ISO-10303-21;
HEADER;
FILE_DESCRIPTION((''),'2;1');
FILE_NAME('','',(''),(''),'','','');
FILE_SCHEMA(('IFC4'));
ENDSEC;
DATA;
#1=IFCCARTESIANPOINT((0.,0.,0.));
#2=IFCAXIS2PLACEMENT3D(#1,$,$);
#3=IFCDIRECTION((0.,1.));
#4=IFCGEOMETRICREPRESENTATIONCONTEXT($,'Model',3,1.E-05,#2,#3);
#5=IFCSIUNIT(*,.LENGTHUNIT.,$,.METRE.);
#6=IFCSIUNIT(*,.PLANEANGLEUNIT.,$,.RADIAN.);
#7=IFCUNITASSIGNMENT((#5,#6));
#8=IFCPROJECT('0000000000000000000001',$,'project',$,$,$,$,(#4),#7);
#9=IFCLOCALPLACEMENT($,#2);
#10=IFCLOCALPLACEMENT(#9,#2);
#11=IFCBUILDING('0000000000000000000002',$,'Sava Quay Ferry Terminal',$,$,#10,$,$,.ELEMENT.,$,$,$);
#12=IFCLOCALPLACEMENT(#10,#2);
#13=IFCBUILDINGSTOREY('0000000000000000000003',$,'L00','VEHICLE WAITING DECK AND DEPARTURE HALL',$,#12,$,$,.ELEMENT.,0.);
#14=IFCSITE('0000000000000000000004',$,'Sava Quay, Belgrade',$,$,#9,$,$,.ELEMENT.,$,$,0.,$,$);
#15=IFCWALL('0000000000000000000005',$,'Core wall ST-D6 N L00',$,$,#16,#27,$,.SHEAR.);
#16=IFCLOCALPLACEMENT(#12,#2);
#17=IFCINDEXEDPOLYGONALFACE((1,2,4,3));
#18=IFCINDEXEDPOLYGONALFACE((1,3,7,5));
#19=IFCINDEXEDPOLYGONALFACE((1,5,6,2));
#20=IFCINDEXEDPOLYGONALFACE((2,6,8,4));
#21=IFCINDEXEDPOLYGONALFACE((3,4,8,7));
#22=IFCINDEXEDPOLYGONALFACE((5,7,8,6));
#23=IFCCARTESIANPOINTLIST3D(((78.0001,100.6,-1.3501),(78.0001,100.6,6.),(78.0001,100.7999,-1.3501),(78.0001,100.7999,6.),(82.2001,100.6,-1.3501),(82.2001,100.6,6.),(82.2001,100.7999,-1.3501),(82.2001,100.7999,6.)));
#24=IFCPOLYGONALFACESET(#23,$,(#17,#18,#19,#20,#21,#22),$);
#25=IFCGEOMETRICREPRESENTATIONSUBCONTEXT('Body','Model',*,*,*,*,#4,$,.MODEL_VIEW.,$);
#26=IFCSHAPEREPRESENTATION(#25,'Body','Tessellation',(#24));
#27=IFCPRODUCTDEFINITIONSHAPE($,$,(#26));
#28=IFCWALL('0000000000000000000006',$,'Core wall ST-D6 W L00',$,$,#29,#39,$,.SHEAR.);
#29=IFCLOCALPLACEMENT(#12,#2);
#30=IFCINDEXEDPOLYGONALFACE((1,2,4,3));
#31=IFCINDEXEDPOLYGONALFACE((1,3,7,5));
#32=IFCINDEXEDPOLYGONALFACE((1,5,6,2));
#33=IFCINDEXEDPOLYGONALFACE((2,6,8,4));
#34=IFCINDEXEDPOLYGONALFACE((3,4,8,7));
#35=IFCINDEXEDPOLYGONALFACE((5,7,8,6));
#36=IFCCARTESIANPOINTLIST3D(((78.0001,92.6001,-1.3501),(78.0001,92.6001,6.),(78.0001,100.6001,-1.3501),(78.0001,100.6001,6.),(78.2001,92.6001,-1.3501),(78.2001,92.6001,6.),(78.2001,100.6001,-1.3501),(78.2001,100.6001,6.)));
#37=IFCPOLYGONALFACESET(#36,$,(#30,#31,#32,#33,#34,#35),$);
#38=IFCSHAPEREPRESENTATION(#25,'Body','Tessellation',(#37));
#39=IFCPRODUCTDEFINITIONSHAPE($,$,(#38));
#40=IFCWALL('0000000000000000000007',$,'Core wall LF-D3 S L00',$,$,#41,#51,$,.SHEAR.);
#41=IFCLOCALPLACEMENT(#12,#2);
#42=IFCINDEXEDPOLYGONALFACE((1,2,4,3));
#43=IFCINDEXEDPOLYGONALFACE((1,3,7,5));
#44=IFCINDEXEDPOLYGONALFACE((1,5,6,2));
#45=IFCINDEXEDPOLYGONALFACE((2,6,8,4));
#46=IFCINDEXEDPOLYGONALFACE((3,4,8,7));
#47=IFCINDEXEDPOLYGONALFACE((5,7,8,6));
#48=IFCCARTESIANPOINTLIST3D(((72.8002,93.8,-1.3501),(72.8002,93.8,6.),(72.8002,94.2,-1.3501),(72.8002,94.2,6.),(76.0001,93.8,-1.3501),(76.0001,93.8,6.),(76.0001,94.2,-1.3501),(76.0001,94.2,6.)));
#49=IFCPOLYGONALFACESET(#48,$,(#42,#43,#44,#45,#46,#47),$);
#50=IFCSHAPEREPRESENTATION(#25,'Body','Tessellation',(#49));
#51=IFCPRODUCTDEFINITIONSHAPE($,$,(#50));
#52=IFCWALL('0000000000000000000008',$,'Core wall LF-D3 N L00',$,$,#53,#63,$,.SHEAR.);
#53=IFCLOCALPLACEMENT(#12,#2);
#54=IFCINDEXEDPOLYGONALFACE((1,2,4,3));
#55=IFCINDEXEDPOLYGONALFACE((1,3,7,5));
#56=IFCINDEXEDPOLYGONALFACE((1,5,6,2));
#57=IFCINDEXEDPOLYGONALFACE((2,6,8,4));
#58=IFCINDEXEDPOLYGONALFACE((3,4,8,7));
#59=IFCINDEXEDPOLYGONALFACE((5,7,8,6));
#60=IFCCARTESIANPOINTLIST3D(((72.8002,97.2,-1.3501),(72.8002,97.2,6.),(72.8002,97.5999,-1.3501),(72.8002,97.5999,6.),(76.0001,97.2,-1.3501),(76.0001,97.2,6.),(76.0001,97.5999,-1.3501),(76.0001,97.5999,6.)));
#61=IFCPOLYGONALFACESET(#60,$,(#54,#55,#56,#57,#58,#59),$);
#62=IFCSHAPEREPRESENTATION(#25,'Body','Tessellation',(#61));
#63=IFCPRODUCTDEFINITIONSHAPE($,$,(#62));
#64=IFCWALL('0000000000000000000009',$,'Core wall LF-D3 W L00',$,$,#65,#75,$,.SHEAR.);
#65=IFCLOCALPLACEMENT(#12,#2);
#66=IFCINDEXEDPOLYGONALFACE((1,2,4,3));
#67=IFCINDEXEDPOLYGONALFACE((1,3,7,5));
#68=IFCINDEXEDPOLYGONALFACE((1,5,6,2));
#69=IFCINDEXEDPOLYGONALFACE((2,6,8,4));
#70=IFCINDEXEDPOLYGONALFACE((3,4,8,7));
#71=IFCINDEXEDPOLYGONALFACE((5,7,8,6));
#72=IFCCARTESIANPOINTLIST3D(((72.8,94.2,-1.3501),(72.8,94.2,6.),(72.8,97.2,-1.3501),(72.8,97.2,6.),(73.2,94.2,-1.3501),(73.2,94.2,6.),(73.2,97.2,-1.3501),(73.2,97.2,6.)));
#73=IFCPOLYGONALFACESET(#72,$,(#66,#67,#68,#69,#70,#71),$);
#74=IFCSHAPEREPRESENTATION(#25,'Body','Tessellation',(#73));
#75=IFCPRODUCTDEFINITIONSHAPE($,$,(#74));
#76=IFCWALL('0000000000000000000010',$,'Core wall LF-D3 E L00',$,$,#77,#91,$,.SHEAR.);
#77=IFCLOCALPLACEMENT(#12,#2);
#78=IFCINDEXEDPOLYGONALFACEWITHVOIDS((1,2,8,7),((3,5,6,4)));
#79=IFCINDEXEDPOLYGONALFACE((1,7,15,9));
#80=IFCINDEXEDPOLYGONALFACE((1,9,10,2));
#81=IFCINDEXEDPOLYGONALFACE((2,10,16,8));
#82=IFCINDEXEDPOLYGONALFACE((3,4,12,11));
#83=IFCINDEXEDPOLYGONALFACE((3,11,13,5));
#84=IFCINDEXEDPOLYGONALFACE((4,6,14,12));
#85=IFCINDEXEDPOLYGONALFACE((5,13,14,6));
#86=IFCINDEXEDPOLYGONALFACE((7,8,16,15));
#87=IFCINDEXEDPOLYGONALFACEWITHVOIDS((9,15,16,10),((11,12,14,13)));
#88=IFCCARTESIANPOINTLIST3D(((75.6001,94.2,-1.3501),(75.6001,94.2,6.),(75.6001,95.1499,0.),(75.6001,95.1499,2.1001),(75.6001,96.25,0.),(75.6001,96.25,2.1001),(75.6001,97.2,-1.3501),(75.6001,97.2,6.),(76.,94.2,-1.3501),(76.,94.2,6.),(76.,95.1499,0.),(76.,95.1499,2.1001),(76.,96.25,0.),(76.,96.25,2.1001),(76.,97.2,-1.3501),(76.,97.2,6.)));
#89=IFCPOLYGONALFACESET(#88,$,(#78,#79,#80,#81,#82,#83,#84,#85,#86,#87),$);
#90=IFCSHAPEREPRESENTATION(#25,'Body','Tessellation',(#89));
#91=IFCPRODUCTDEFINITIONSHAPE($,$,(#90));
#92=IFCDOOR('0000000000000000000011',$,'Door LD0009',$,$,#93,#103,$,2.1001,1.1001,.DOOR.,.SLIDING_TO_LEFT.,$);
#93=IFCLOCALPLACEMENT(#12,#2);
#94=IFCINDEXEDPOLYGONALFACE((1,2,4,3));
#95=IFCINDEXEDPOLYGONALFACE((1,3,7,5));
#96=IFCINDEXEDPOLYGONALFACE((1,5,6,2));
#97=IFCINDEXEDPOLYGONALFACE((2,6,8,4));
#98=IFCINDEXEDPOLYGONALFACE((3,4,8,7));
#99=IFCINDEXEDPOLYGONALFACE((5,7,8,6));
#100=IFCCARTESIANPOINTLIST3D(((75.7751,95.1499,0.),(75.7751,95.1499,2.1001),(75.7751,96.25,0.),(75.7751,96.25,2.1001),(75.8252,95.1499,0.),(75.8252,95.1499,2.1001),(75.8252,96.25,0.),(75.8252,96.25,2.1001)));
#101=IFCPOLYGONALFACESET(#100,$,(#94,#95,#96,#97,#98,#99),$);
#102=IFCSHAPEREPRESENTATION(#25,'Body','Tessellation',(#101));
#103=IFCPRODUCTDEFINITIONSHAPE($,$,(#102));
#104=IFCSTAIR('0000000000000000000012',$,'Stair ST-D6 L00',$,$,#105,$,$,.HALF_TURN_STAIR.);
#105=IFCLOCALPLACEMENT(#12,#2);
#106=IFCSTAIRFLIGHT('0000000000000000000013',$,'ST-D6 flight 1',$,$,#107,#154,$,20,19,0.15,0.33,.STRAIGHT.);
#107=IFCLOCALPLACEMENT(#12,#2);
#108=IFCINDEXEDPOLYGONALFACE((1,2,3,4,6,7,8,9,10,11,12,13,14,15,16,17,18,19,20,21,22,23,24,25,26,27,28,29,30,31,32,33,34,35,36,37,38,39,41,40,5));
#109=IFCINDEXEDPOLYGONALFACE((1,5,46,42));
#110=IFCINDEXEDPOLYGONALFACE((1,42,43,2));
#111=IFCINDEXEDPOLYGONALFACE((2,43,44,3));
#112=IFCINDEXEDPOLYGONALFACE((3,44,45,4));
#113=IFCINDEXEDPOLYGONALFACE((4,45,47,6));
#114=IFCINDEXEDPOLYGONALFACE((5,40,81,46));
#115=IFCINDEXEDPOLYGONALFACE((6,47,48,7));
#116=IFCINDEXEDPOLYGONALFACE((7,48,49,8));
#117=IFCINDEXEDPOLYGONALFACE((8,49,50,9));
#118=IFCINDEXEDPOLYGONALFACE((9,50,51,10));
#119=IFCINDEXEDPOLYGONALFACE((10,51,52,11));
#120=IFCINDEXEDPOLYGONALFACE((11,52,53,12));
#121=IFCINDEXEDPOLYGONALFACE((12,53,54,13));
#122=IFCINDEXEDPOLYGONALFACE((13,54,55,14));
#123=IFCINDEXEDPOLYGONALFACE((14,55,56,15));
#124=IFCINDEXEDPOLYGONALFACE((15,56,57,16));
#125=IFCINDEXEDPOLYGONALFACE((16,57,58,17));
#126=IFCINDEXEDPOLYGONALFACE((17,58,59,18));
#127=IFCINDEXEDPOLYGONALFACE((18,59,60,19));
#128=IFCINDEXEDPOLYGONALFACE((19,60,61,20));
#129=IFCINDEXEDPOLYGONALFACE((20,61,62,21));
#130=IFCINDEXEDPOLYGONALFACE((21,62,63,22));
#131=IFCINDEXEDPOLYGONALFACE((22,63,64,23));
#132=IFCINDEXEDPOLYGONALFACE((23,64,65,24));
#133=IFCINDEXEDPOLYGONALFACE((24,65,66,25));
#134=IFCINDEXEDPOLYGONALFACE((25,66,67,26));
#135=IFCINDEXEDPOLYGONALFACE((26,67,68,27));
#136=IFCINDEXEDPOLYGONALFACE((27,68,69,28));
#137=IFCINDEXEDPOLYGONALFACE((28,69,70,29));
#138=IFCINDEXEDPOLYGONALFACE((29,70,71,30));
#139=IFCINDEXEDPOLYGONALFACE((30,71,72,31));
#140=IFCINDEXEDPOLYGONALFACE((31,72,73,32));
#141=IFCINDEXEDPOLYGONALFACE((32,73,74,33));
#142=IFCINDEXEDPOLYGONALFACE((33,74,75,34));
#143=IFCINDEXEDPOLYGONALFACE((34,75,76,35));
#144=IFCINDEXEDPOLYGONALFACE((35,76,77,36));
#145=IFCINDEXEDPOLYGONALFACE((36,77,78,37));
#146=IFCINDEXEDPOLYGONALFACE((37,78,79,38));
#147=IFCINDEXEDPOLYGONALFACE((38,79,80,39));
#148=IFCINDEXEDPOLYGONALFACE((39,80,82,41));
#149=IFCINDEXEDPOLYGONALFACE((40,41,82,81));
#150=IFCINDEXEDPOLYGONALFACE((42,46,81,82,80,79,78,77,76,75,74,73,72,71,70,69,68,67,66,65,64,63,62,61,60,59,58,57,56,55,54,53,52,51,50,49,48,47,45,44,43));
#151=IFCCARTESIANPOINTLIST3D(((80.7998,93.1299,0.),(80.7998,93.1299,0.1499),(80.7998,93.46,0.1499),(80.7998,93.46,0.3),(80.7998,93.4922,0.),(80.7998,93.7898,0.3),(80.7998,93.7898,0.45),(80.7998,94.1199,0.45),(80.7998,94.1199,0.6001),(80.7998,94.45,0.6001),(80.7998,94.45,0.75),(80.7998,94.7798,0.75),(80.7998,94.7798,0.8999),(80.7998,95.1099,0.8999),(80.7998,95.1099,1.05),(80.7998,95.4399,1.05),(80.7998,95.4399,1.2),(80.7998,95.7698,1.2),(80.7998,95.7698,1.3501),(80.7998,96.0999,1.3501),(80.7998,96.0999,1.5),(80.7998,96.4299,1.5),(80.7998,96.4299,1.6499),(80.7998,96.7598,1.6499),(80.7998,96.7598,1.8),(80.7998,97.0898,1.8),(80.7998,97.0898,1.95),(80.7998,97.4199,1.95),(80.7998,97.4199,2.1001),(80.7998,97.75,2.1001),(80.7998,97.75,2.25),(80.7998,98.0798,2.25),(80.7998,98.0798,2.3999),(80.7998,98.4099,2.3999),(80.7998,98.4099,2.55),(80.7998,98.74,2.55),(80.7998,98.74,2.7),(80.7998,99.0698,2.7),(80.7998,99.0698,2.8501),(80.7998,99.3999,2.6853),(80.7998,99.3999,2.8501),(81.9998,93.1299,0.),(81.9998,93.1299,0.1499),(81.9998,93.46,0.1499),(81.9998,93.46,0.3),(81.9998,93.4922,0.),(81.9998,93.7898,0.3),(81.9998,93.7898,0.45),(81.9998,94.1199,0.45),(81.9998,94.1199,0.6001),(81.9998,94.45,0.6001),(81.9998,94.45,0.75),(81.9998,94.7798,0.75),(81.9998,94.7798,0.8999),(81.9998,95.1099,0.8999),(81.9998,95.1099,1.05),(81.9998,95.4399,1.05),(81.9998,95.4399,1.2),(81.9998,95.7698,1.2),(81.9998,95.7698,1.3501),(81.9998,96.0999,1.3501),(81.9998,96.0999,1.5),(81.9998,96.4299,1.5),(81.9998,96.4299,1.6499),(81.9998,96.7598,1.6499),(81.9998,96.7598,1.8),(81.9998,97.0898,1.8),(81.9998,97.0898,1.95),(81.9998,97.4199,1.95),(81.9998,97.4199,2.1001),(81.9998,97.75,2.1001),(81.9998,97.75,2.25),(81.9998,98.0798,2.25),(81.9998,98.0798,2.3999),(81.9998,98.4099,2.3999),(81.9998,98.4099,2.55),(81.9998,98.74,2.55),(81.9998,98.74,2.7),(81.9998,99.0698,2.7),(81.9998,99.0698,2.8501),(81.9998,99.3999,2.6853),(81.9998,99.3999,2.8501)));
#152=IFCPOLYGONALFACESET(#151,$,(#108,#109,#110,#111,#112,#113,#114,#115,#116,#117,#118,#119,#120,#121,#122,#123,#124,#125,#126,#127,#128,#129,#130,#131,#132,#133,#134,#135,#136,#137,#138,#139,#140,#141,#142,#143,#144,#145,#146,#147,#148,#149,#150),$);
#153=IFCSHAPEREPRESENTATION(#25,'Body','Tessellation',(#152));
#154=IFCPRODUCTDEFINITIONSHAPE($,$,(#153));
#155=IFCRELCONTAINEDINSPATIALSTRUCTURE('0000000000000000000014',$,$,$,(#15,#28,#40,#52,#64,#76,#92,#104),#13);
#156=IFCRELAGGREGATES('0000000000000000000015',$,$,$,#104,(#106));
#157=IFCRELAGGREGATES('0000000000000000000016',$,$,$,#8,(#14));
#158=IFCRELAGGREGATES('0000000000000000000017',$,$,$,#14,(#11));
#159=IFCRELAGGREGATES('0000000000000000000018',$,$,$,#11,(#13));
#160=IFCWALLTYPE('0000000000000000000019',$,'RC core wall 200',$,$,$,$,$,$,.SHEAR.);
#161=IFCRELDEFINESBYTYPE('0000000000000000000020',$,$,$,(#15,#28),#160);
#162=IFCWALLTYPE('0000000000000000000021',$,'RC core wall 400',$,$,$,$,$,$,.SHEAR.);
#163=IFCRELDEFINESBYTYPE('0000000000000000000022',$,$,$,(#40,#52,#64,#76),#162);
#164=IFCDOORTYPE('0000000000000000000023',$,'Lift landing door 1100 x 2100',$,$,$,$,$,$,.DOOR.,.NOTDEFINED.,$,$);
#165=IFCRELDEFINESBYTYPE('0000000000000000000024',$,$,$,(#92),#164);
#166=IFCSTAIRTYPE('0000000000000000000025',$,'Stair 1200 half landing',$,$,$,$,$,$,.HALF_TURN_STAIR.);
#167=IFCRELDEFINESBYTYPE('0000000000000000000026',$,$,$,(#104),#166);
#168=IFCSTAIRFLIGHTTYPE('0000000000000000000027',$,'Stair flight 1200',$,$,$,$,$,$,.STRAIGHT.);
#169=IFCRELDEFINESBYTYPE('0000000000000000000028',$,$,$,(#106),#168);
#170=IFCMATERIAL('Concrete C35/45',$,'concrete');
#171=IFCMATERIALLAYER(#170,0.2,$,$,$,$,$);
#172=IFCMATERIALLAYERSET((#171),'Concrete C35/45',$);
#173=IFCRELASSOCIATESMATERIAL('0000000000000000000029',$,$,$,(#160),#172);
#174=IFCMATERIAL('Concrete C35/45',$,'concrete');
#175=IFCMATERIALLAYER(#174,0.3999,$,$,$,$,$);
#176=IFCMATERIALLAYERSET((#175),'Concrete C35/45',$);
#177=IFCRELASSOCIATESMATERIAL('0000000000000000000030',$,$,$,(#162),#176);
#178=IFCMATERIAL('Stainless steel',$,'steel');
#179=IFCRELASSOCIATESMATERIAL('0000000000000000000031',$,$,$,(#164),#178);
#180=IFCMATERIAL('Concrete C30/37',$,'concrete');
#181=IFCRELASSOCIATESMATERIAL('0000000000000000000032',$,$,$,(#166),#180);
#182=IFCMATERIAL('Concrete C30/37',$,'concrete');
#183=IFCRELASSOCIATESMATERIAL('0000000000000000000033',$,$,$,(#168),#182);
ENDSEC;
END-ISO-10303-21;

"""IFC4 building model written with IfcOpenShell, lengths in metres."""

from ifc_helpers import new_model, si_unit, direction, frame, frame_2d, origin, place, context, subcontext, project, spatial, polyline, rectangle, outline, extrude, material, layer, layer_set, type_object, element, fill, aggregate, save


model = new_model("IFC4")

# Units and contexts
model_context = context("Model", 3, precision=1e-05, world=origin(), true_north=direction((0.0, 1.0)))
body_context = subcontext(model_context, "Body", "Model", "MODEL_VIEW")
ifc_project = project(units=[si_unit("LENGTHUNIT", "METRE"), si_unit("PLANEANGLEUNIT", "RADIAN")], contexts=[model_context])

# Site, building, storey
site_placement = place(None, origin())
site = spatial("IfcSite", under=ifc_project, at=site_placement, Name="Sava Quay, Belgrade", CompositionType="ELEMENT", RefElevation=0.0)
building_placement = place(site_placement, origin())
building = spatial("IfcBuilding", under=site, at=building_placement, Name="Sava Quay Ferry Terminal", CompositionType="ELEMENT")
storey_placement = place(building_placement, origin())
storey = spatial("IfcBuildingStorey", under=building, at=storey_placement, Name="L00", Description="VEHICLE WAITING DECK AND DEPARTURE HALL", CompositionType="ELEMENT", Elevation=0.0)

# Shared definitions
ifc_material_1 = material(Name="Concrete C35/45", Category="concrete")
ifc_layer_1 = layer(ifc_material_1, 0.2)
ifc_layer_set_1 = layer_set([ifc_layer_1], Name="Concrete C35/45")
wall_type_1 = type_object("IfcWallType", Name="RC core wall 200", PredefinedType="SHEAR", material=ifc_layer_set_1)

# Walls
wall_1_placement = place(storey_placement, frame((78.0, 100.7, -1.3501), z_axis=(0.0, 0.0, 1.0), x_axis=(1.0, 0.0, 0.0)))
element("IfcWall", 1, at=wall_1_placement, inside=storey, type_object=wall_type_1, Name="Core wall ST-D6 N L00", PredefinedType="SHEAR", context=body_context, shape_type="SweptSolid", body=[
    extrude(rectangle(XDim=4.2, YDim=0.2, at=frame_2d((2.1001, 0.0))), origin(), (0.0, 0.0, 1.0), 7.3501),
])
wall_2_placement = place(storey_placement, frame((78.1001, 92.6001, -1.3501), z_axis=(0.0, 0.0, 1.0), x_axis=(0.0, 1.0, 0.0)))
element("IfcWall", 2, at=wall_2_placement, inside=storey, type_object=wall_type_1, Name="Core wall ST-D6 W L00", PredefinedType="SHEAR", context=body_context, shape_type="SweptSolid", body=[
    extrude(rectangle(XDim=8.0, YDim=0.2, at=frame_2d((4.0, 0.0))), origin(), (0.0, 0.0, 1.0), 7.3501),
])

# Walls
ifc_material_2 = material(Name="Concrete C35/45", Category="concrete")
ifc_layer_2 = layer(ifc_material_2, 0.3999)
ifc_layer_set_2 = layer_set([ifc_layer_2], Name="Concrete C35/45")
wall_type_2 = type_object("IfcWallType", Name="RC core wall 400", PredefinedType="SHEAR", material=ifc_layer_set_2)
for number, where, z_axis, x_axis, name in (
    (3, (72.8, 94.0, -1.3501), (0.0, 0.0, 1.0), (1.0, 0.0, 0.0), "Core wall LF-D3 S L00"),
    (4, (72.8, 97.3999, -1.3501), (0.0, 0.0, 1.0), (1.0, 0.0, 0.0), "Core wall LF-D3 N L00"),
):
    element("IfcWall", number, at=place(storey_placement, frame(where, z_axis=z_axis, x_axis=x_axis)), inside=storey, type_object=wall_type_2, Name=name, PredefinedType="SHEAR", context=body_context, shape_type="SweptSolid", body=[
        extrude(rectangle(XDim=3.2, YDim=0.3999, at=frame_2d((1.6001, 0.0))), origin(), (0.0, 0.0, 1.0), 7.3501),
    ])
wall_3_placement = place(storey_placement, frame((73.0, 94.2, -1.3501), z_axis=(0.0, 0.0, 1.0), x_axis=(0.0, 1.0, 0.0)))
element("IfcWall", 5, at=wall_3_placement, inside=storey, type_object=wall_type_2, Name="Core wall LF-D3 W L00", PredefinedType="SHEAR", context=body_context, shape_type="SweptSolid", body=[
    extrude(rectangle(XDim=3.0, YDim=0.3999, at=frame_2d((1.5, 0.0))), origin(), (0.0, 0.0, 1.0), 7.3501),
])

# Wall, opening, door
wall_4_placement = place(storey_placement, frame((75.8, 94.2, -1.3501), z_axis=(0.0, 0.0, 1.0), x_axis=(0.0, 1.0, 0.0)))
wall_4 = element("IfcWall", 6, at=wall_4_placement, inside=storey, type_object=wall_type_2, Name="Core wall LF-D3 E L00", PredefinedType="SHEAR", context=body_context, shape_type="SweptSolid", body=[
    extrude(rectangle(XDim=3.0, YDim=0.3999, at=frame_2d((1.5, 0.0))), origin(), (0.0, 0.0, 1.0), 7.3501),
])
opening_1_placement = place(wall_4_placement, frame((0.95, 0.0, 1.3501)))
opening_1 = element("IfcOpeningElement", 7, at=opening_1_placement, cuts=wall_4, PredefinedType="OPENING", context=body_context, shape_type="SweptSolid", body=[
    extrude(rectangle(XDim=1.1001, YDim=2.1001, at=frame_2d((0.55, 1.05))), frame((0.0, 0.2, 0.0), z_axis=(0.0, -1.0, 0.0), x_axis=(1.0, 0.0, 0.0)), (0.0, 0.0, 1.0), 0.3999),
])
ifc_material_3 = material(Name="Stainless steel", Category="steel")
door_type_1 = type_object("IfcDoorType", Name="Lift landing door 1100 x 2100", OperationType="NOTDEFINED", PredefinedType="DOOR", material=ifc_material_3)
door_1_placement = place(opening_1_placement, origin())
door_1 = element("IfcDoor", 8, at=door_1_placement, inside=storey, type_object=door_type_1, Name="Door LD0009", OperationType="SLIDING_TO_LEFT", OverallHeight=2.1001, OverallWidth=1.1001, PredefinedType="DOOR", context=body_context, shape_type="SweptSolid", body=[
    extrude(rectangle(XDim=1.1001, YDim=2.1001, at=frame_2d((0.55, 1.05))), frame((0.0, 0.0249, 0.0), z_axis=(0.0, -1.0, 0.0), x_axis=(1.0, 0.0, 0.0)), (0.0, 0.0, 1.0), 0.05),
])
fill(opening_1, door_1)

# Stair, stair flight
ifc_material_4 = material(Name="Concrete C30/37", Category="concrete")
stair_type = type_object("IfcStairType", Name="Stair 1200 half landing", PredefinedType="HALF_TURN_STAIR", material=ifc_material_4)
stair_placement = place(storey_placement, origin())
stair = element("IfcStair", 9, at=stair_placement, inside=storey, type_object=stair_type, Name="Stair ST-D6 L00", PredefinedType="HALF_TURN_STAIR")
ifc_material_5 = material(Name="Concrete C30/37", Category="concrete")
stair_flight_type = type_object("IfcStairFlightType", Name="Stair flight 1200", PredefinedType="STRAIGHT", material=ifc_material_5)
stair_flight_1_placement = place(storey_placement, frame((81.3999, 93.1299, 0.0), z_axis=(0.0, 0.0, 1.0), x_axis=(0.0, 1.0, 0.0)))
stair_flight_1 = element("IfcStairFlight", 10, at=stair_flight_1_placement, type_object=stair_flight_type, Name="ST-D6 flight 1", NumberOfRisers=20, NumberOfTreads=19, PredefinedType="STRAIGHT", RiserHeight=0.15, TreadLength=0.33, context=body_context, shape_type="SweptSolid", body=[
    extrude(outline(polyline([(0.0, 0.0), (0.0, 0.1499), (0.3301, 0.1499), (0.3301, 0.3), (0.6599, 0.3), (0.6599, 0.45), (0.99, 0.45), (0.99, 0.6001), (1.3201, 0.6001), (1.3201, 0.75), (1.6499, 0.75), (1.6499, 0.8999), (1.98, 0.8999), (1.98, 1.05), (2.3101, 1.05), (2.3101, 1.2), (2.6399, 1.2), (2.6399, 1.3501), (2.97, 1.3501), (2.97, 1.5), (3.3, 1.5), (3.3, 1.6499), (3.6299, 1.6499), (3.6299, 1.8), (3.96, 1.8), (3.96, 1.95), (4.29, 1.95), (4.29, 2.1001), (4.6201, 2.1001), (4.6201, 2.25), (4.95, 2.25), (4.95, 2.3999), (5.28, 2.3999), (5.28, 2.55), (5.6101, 2.55), (5.6101, 2.7), (5.9399, 2.7), (5.9399, 2.8501), (6.27, 2.8501), (6.27, 3.0), (6.27, 2.6853), (0.3623, 0.0), (0.0, 0.0)])), frame((0.0, 0.6001, 0.0), z_axis=(0.0, -1.0, 0.0), x_axis=(1.0, 0.0, 0.0)), (0.0, 0.0, 1.0), 1.2),
])
aggregate(stair, [stair_flight_1])

save(model, "model.ifc")
